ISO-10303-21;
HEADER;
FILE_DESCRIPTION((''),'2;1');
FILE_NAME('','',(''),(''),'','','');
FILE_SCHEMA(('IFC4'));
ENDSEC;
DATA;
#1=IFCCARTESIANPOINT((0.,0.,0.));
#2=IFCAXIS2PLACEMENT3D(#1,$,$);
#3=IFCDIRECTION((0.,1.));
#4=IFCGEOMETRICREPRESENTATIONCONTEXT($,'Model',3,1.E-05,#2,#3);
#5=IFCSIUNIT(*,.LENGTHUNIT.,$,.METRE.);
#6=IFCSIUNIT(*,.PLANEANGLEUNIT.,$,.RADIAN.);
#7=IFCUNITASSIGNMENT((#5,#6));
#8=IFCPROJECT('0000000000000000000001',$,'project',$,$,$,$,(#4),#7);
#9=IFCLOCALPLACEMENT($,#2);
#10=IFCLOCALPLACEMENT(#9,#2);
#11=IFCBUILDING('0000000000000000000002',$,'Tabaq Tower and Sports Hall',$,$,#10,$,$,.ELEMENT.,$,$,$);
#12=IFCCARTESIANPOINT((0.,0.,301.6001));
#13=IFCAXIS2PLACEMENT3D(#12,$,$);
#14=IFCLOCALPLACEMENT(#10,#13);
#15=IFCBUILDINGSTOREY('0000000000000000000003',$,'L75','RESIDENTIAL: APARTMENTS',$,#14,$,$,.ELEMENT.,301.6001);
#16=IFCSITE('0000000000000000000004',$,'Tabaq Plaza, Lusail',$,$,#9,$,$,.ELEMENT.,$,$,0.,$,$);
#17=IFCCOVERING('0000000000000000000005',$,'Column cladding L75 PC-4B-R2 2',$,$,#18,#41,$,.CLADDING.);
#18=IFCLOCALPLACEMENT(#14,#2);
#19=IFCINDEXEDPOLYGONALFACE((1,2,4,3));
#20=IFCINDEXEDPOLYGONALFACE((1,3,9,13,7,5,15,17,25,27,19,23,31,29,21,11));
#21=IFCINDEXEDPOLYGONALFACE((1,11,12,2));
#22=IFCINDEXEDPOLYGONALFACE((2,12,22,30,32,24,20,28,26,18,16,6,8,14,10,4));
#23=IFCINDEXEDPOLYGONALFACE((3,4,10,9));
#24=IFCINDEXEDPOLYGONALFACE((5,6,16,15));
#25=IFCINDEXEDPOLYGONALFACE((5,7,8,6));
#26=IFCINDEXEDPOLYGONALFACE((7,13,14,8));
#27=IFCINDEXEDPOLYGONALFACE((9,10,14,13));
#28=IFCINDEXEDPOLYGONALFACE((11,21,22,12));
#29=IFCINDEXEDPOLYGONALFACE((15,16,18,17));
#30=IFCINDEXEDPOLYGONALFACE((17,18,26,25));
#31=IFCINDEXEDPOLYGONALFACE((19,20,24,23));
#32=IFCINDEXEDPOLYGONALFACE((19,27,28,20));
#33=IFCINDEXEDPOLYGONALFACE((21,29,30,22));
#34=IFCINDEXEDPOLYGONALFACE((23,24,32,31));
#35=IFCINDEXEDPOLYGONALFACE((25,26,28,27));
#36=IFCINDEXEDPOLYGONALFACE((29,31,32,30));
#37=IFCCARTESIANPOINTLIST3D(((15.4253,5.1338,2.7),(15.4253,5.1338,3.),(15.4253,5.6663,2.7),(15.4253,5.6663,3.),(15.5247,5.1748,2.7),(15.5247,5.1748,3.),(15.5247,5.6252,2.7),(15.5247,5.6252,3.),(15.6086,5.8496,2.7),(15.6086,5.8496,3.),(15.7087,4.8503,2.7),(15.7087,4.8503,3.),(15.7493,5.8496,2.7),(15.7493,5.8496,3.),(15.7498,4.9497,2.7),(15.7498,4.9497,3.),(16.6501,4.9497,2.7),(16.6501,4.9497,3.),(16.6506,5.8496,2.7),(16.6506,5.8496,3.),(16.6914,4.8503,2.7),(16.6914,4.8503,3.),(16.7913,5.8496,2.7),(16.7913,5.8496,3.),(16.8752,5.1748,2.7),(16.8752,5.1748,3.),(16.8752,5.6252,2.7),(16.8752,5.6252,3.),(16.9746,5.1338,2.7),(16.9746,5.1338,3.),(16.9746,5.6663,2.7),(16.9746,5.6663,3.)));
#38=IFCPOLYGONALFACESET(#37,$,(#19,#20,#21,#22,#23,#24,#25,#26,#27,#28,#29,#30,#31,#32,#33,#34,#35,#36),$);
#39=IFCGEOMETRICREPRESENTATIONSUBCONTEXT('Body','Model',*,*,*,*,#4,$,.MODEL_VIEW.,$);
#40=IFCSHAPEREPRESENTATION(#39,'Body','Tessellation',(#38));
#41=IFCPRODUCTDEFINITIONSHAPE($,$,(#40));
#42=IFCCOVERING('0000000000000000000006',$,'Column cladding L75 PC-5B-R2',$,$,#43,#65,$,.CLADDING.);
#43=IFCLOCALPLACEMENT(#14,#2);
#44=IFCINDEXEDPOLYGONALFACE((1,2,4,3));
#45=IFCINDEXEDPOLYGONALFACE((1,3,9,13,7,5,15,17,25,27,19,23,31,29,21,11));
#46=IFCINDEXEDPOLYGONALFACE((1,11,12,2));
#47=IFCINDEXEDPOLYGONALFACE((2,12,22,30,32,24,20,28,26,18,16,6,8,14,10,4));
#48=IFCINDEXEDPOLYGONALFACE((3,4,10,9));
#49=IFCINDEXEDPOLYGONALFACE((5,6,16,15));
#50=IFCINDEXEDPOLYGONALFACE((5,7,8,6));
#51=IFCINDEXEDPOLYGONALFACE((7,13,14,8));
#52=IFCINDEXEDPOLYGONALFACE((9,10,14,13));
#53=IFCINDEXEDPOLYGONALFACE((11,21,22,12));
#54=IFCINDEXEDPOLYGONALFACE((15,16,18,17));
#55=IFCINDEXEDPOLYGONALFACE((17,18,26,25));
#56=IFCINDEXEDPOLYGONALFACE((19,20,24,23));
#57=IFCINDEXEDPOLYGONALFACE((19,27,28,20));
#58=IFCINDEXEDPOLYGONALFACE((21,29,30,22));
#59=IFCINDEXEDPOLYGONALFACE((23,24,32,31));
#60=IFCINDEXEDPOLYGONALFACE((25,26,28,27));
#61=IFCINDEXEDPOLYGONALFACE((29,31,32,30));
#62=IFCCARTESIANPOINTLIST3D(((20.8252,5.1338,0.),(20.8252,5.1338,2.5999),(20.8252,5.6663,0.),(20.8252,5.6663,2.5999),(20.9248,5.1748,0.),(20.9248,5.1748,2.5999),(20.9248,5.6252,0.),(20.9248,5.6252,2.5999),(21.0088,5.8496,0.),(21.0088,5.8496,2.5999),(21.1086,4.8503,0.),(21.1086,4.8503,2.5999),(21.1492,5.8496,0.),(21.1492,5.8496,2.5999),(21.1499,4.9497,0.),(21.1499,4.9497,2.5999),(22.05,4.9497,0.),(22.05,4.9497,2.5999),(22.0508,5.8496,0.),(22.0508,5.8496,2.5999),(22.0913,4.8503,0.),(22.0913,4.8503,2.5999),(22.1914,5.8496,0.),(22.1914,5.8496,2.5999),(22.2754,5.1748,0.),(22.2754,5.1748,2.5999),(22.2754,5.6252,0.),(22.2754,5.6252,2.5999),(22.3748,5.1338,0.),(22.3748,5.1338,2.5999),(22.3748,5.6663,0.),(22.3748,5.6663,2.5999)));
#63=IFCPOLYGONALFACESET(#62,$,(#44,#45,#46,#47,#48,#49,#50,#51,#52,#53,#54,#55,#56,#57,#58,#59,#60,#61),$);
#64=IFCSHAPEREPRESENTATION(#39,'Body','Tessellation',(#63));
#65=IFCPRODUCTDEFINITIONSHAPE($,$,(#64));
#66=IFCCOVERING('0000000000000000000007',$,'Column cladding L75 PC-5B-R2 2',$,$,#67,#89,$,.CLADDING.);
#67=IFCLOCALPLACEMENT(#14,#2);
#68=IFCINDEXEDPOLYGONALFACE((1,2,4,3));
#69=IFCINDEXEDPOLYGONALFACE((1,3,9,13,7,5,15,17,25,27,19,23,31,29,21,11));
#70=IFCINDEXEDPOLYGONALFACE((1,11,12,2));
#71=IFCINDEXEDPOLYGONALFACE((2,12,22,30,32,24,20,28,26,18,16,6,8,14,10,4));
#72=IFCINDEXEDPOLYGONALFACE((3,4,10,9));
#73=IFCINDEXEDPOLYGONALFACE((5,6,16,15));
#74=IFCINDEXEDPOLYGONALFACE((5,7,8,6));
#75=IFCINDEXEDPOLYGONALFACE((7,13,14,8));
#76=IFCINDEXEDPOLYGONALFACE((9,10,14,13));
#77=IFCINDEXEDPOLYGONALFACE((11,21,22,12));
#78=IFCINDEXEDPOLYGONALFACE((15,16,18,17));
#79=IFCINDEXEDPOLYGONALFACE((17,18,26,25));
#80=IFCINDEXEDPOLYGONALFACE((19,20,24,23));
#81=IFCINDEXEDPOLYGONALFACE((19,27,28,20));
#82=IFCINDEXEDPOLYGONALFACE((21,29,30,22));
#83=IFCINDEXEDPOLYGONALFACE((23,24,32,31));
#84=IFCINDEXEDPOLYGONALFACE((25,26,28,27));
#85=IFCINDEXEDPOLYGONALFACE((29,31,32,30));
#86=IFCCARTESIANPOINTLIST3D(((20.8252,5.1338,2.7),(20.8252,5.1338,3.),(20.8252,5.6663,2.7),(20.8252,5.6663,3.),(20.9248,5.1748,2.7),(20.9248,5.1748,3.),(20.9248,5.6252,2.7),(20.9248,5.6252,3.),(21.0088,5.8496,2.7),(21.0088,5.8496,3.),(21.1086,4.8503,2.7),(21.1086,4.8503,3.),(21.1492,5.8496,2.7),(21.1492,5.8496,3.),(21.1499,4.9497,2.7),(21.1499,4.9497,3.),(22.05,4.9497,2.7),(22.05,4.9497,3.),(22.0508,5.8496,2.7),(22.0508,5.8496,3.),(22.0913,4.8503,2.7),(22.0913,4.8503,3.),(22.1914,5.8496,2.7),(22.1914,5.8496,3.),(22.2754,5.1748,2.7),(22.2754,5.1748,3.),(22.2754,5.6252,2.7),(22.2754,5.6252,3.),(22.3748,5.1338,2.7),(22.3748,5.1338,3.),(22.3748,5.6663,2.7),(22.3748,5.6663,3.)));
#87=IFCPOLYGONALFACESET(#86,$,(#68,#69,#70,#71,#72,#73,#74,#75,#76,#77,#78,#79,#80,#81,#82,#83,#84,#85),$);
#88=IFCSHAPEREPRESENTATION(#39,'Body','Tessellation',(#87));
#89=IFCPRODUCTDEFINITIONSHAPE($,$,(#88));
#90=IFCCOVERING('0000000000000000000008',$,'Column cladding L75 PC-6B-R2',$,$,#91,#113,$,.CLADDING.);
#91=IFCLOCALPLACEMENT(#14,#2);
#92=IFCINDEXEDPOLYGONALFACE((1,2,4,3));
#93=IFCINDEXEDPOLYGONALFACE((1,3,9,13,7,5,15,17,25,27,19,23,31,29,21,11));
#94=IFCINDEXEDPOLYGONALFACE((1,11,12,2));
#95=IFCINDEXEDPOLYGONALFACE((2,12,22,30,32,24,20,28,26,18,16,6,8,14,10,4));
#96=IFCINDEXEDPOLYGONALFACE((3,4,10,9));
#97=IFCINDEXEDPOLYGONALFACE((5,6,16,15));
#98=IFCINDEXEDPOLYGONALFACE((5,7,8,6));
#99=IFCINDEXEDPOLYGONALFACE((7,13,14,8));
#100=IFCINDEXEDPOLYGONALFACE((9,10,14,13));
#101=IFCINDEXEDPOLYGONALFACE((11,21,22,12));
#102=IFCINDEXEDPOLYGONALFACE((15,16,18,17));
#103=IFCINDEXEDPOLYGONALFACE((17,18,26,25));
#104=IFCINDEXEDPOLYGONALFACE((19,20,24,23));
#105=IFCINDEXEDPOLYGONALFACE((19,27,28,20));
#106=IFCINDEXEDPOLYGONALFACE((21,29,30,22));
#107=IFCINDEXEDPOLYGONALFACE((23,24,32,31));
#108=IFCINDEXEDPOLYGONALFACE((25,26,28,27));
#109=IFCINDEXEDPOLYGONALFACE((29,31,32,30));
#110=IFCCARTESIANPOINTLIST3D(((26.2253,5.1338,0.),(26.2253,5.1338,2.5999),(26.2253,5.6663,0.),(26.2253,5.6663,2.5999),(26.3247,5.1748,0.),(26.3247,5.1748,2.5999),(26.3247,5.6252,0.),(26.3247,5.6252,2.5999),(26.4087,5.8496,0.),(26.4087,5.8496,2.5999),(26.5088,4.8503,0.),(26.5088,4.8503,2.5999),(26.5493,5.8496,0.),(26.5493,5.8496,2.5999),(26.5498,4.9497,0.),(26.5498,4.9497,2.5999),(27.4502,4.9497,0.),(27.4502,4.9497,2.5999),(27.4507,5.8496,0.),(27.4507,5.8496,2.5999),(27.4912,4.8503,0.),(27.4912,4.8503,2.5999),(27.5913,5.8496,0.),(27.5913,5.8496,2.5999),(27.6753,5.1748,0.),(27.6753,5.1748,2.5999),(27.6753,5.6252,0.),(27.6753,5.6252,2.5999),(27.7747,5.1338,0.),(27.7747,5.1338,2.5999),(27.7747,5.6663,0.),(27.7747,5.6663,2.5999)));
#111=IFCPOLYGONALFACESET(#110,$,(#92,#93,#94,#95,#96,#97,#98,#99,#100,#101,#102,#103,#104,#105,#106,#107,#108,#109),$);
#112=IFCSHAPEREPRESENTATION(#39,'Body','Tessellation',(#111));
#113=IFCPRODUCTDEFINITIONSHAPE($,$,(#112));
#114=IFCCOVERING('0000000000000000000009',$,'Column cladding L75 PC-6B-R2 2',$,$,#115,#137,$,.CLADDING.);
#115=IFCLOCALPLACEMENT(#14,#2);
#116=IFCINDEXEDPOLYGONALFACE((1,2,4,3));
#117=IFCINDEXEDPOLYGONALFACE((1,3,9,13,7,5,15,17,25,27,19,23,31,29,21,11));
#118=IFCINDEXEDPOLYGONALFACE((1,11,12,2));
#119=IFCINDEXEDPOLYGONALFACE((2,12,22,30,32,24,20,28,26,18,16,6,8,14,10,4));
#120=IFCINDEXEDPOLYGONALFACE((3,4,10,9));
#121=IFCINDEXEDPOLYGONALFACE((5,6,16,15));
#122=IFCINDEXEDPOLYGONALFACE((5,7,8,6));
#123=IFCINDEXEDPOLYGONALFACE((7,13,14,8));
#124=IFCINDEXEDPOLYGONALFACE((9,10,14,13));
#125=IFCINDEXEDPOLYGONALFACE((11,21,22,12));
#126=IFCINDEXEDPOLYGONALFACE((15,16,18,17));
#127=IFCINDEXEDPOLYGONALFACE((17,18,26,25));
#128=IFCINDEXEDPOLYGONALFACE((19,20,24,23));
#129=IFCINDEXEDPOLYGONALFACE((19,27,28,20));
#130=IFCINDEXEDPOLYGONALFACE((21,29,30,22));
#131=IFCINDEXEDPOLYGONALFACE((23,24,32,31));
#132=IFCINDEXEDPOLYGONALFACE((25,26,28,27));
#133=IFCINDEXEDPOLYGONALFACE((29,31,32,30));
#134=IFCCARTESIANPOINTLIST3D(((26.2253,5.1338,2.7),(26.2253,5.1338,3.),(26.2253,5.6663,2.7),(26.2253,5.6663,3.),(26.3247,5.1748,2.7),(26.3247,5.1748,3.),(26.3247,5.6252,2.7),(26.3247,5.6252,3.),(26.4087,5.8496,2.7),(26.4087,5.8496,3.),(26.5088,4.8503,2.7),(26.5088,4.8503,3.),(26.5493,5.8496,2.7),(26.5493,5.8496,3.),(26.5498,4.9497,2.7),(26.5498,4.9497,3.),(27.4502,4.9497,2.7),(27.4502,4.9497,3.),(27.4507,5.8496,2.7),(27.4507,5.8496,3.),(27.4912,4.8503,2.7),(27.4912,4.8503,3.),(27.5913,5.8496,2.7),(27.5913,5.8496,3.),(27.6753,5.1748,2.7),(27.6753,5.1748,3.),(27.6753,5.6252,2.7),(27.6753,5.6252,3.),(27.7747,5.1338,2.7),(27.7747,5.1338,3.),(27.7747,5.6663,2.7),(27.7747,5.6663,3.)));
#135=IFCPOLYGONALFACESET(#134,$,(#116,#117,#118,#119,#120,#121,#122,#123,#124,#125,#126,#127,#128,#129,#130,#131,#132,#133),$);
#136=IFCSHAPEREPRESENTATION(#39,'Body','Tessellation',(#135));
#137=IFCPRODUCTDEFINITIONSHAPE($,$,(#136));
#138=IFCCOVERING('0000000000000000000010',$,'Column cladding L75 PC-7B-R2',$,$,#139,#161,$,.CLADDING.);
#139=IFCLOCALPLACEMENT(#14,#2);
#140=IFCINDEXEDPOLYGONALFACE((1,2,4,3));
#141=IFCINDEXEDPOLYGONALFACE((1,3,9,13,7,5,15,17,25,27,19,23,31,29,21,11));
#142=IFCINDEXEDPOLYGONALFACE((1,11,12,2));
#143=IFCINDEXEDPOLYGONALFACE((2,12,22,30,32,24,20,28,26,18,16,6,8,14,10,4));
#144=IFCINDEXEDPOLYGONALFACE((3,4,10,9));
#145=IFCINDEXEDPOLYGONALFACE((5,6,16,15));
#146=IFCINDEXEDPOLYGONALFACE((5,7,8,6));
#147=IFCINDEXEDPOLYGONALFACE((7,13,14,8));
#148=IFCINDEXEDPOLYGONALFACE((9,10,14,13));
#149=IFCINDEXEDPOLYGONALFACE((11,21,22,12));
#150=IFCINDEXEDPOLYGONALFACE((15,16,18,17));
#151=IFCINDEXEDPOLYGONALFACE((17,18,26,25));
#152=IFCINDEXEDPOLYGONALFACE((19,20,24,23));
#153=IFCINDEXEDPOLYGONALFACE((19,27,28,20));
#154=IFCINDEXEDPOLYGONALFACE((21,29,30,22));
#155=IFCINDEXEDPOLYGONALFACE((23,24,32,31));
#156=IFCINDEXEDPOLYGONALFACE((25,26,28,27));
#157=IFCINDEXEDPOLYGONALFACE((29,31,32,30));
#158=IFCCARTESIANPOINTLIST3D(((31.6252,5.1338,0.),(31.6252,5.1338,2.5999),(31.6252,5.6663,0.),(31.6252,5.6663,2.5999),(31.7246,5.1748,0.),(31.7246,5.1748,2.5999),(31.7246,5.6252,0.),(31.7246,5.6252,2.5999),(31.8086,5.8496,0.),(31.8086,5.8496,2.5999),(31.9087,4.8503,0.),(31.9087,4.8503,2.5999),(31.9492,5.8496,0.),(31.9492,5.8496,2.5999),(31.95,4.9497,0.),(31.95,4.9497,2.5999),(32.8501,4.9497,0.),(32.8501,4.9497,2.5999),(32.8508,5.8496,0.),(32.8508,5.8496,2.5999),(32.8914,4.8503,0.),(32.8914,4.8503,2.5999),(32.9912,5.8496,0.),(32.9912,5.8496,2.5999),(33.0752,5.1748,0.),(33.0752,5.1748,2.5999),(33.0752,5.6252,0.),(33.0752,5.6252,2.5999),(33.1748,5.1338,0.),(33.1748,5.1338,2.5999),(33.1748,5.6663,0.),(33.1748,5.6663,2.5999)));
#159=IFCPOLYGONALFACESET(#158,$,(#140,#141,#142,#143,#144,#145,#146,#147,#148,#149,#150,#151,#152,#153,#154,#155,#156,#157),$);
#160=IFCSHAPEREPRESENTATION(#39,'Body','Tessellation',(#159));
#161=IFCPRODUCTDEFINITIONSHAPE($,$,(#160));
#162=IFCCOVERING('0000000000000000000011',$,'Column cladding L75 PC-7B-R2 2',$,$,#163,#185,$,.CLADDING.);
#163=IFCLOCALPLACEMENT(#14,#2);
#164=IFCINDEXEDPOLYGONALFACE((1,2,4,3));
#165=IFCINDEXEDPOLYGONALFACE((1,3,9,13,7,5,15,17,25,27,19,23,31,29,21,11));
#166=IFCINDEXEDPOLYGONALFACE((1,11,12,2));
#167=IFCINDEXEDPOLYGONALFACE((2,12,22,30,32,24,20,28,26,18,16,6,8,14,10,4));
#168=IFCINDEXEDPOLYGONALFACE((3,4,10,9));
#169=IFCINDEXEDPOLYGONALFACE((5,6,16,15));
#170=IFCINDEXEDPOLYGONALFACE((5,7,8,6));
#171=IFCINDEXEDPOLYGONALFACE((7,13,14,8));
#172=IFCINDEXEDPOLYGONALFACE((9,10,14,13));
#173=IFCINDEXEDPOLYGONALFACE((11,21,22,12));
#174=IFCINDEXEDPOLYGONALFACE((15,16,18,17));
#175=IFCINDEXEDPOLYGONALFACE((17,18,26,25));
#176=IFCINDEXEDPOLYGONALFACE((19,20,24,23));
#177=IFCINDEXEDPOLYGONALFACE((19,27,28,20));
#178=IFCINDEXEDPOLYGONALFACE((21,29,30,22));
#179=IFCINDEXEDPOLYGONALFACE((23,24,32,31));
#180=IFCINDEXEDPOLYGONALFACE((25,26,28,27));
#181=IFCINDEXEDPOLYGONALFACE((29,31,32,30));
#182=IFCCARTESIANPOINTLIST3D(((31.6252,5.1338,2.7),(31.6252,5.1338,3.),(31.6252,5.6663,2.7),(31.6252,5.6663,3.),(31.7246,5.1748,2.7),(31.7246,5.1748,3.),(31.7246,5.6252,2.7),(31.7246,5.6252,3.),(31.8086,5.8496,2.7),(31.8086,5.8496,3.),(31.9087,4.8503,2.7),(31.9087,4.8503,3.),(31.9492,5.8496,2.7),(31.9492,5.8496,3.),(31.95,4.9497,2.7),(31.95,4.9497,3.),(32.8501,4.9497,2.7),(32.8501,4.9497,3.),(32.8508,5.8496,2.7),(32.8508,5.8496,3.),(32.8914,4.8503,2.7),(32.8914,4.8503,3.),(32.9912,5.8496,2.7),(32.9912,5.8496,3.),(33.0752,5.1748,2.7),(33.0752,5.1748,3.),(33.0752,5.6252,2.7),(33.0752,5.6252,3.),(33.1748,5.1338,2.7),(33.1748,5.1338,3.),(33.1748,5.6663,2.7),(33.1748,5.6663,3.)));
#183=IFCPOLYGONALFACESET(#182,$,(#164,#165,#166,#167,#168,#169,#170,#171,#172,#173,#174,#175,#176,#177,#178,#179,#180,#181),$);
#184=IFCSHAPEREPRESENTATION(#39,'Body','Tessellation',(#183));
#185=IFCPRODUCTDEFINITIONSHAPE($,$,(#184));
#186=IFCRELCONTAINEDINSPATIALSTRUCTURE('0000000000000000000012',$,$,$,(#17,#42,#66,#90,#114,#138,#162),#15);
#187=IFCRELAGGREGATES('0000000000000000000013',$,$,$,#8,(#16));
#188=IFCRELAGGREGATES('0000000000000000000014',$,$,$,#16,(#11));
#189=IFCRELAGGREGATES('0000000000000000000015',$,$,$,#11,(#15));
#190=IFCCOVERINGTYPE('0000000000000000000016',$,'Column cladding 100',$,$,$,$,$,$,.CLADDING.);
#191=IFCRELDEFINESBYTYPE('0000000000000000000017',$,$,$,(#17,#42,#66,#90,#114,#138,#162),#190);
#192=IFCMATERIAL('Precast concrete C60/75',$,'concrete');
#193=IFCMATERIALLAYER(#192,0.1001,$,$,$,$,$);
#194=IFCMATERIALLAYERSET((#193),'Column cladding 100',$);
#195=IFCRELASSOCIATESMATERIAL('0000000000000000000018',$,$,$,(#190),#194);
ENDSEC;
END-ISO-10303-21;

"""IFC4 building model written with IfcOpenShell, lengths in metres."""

from ifc_helpers import new_model, si_unit, direction, frame, origin, place, context, subcontext, project, spatial, polyline, outline, extrude, material, layer, layer_set, type_object, element, save


model = new_model("IFC4")

# Units and contexts
model_context = context("Model", 3, precision=1e-05, world=origin(), true_north=direction((0.0, 1.0)))
body_context = subcontext(model_context, "Body", "Model", "MODEL_VIEW")
ifc_project = project(units=[si_unit("LENGTHUNIT", "METRE"), si_unit("PLANEANGLEUNIT", "RADIAN")], contexts=[model_context])

# Site, building, storey
site_placement = place(None, origin())
site = spatial("IfcSite", under=ifc_project, at=site_placement, Name="Tabaq Plaza, Lusail", CompositionType="ELEMENT", RefElevation=0.0)
building_placement = place(site_placement, origin())
building = spatial("IfcBuilding", under=site, at=building_placement, Name="Tabaq Tower and Sports Hall", CompositionType="ELEMENT")
storey_placement = place(building_placement, frame((0.0, 0.0, 301.6001)))
storey = spatial("IfcBuildingStorey", under=building, at=storey_placement, Name="L75", Description="RESIDENTIAL: APARTMENTS", CompositionType="ELEMENT", Elevation=301.6001)

# Coverings
ifc_material_1 = material(Name="Precast concrete C60/75", Category="concrete")
ifc_layer_1 = layer(ifc_material_1, 0.1001)
ifc_layer_set_1 = layer_set([ifc_layer_1], Name="Column cladding 100")
covering_type = type_object("IfcCoveringType", Name="Column cladding 100", PredefinedType="CLADDING", material=ifc_layer_set_1)
covering_1_placement = place(storey_placement, frame((0.0, 0.0, 2.7)))
element("IfcCovering", 1, at=covering_1_placement, inside=storey, type_object=covering_type, Name="Column cladding L75 PC-4B-R2 2", PredefinedType="CLADDING", context=body_context, shape_type="SweptSolid", body=[
    extrude(outline(polyline([(15.4253, 5.6663), (15.6086, 5.8496), (15.7493, 5.8496), (15.5247, 5.6252), (15.5247, 5.1748), (15.7498, 4.9497), (16.6501, 4.9497), (16.8752, 5.1748), (16.8752, 5.6252), (16.6506, 5.8496), (16.7913, 5.8496), (16.9746, 5.6663), (16.9746, 5.1338), (16.6914, 4.8503), (15.7087, 4.8503), (15.4253, 5.1338), (15.4253, 5.6663)])), origin(), (0.0, 0.0, 1.0), 0.3),
])
covering_2_placement = place(storey_placement, origin())
element("IfcCovering", 2, at=covering_2_placement, inside=storey, type_object=covering_type, Name="Column cladding L75 PC-5B-R2", PredefinedType="CLADDING", context=body_context, shape_type="SweptSolid", body=[
    extrude(outline(polyline([(20.8252, 5.6663), (21.0088, 5.8496), (21.1492, 5.8496), (20.9248, 5.6252), (20.9248, 5.1748), (21.1499, 4.9497), (22.05, 4.9497), (22.2754, 5.1748), (22.2754, 5.6252), (22.0508, 5.8496), (22.1914, 5.8496), (22.3748, 5.6663), (22.3748, 5.1338), (22.0913, 4.8503), (21.1086, 4.8503), (20.8252, 5.1338), (20.8252, 5.6663)])), origin(), (0.0, 0.0, 1.0), 2.5999),
])
covering_3_placement = place(storey_placement, frame((0.0, 0.0, 2.7)))
element("IfcCovering", 3, at=covering_3_placement, inside=storey, type_object=covering_type, Name="Column cladding L75 PC-5B-R2 2", PredefinedType="CLADDING", context=body_context, shape_type="SweptSolid", body=[
    extrude(outline(polyline([(20.8252, 5.6663), (21.0088, 5.8496), (21.1492, 5.8496), (20.9248, 5.6252), (20.9248, 5.1748), (21.1499, 4.9497), (22.05, 4.9497), (22.2754, 5.1748), (22.2754, 5.6252), (22.0508, 5.8496), (22.1914, 5.8496), (22.3748, 5.6663), (22.3748, 5.1338), (22.0913, 4.8503), (21.1086, 4.8503), (20.8252, 5.1338), (20.8252, 5.6663)])), origin(), (0.0, 0.0, 1.0), 0.3),
])
covering_4_placement = place(storey_placement, origin())
element("IfcCovering", 4, at=covering_4_placement, inside=storey, type_object=covering_type, Name="Column cladding L75 PC-6B-R2", PredefinedType="CLADDING", context=body_context, shape_type="SweptSolid", body=[
    extrude(outline(polyline([(26.2253, 5.6663), (26.4087, 5.8496), (26.5493, 5.8496), (26.3247, 5.6252), (26.3247, 5.1748), (26.5498, 4.9497), (27.4502, 4.9497), (27.6753, 5.1748), (27.6753, 5.6252), (27.4507, 5.8496), (27.5913, 5.8496), (27.7747, 5.6663), (27.7747, 5.1338), (27.4912, 4.8503), (26.5088, 4.8503), (26.2253, 5.1338), (26.2253, 5.6663)])), origin(), (0.0, 0.0, 1.0), 2.5999),
])
covering_5_placement = place(storey_placement, frame((0.0, 0.0, 2.7)))
element("IfcCovering", 5, at=covering_5_placement, inside=storey, type_object=covering_type, Name="Column cladding L75 PC-6B-R2 2", PredefinedType="CLADDING", context=body_context, shape_type="SweptSolid", body=[
    extrude(outline(polyline([(26.2253, 5.6663), (26.4087, 5.8496), (26.5493, 5.8496), (26.3247, 5.6252), (26.3247, 5.1748), (26.5498, 4.9497), (27.4502, 4.9497), (27.6753, 5.1748), (27.6753, 5.6252), (27.4507, 5.8496), (27.5913, 5.8496), (27.7747, 5.6663), (27.7747, 5.1338), (27.4912, 4.8503), (26.5088, 4.8503), (26.2253, 5.1338), (26.2253, 5.6663)])), origin(), (0.0, 0.0, 1.0), 0.3),
])
covering_6_placement = place(storey_placement, origin())
element("IfcCovering", 6, at=covering_6_placement, inside=storey, type_object=covering_type, Name="Column cladding L75 PC-7B-R2", PredefinedType="CLADDING", context=body_context, shape_type="SweptSolid", body=[
    extrude(outline(polyline([(31.6252, 5.6663), (31.8086, 5.8496), (31.9492, 5.8496), (31.7246, 5.6252), (31.7246, 5.1748), (31.95, 4.9497), (32.8501, 4.9497), (33.0752, 5.1748), (33.0752, 5.6252), (32.8508, 5.8496), (32.9912, 5.8496), (33.1748, 5.6663), (33.1748, 5.1338), (32.8914, 4.8503), (31.9087, 4.8503), (31.6252, 5.1338), (31.6252, 5.6663)])), origin(), (0.0, 0.0, 1.0), 2.5999),
])
covering_7_placement = place(storey_placement, frame((0.0, 0.0, 2.7)))
element("IfcCovering", 7, at=covering_7_placement, inside=storey, type_object=covering_type, Name="Column cladding L75 PC-7B-R2 2", PredefinedType="CLADDING", context=body_context, shape_type="SweptSolid", body=[
    extrude(outline(polyline([(31.6252, 5.6663), (31.8086, 5.8496), (31.9492, 5.8496), (31.7246, 5.6252), (31.7246, 5.1748), (31.95, 4.9497), (32.8501, 4.9497), (33.0752, 5.1748), (33.0752, 5.6252), (32.8508, 5.8496), (32.9912, 5.8496), (33.1748, 5.6663), (33.1748, 5.1338), (32.8914, 4.8503), (31.9087, 4.8503), (31.6252, 5.1338), (31.6252, 5.6663)])), origin(), (0.0, 0.0, 1.0), 0.3),
])

save(model, "model.ifc")
